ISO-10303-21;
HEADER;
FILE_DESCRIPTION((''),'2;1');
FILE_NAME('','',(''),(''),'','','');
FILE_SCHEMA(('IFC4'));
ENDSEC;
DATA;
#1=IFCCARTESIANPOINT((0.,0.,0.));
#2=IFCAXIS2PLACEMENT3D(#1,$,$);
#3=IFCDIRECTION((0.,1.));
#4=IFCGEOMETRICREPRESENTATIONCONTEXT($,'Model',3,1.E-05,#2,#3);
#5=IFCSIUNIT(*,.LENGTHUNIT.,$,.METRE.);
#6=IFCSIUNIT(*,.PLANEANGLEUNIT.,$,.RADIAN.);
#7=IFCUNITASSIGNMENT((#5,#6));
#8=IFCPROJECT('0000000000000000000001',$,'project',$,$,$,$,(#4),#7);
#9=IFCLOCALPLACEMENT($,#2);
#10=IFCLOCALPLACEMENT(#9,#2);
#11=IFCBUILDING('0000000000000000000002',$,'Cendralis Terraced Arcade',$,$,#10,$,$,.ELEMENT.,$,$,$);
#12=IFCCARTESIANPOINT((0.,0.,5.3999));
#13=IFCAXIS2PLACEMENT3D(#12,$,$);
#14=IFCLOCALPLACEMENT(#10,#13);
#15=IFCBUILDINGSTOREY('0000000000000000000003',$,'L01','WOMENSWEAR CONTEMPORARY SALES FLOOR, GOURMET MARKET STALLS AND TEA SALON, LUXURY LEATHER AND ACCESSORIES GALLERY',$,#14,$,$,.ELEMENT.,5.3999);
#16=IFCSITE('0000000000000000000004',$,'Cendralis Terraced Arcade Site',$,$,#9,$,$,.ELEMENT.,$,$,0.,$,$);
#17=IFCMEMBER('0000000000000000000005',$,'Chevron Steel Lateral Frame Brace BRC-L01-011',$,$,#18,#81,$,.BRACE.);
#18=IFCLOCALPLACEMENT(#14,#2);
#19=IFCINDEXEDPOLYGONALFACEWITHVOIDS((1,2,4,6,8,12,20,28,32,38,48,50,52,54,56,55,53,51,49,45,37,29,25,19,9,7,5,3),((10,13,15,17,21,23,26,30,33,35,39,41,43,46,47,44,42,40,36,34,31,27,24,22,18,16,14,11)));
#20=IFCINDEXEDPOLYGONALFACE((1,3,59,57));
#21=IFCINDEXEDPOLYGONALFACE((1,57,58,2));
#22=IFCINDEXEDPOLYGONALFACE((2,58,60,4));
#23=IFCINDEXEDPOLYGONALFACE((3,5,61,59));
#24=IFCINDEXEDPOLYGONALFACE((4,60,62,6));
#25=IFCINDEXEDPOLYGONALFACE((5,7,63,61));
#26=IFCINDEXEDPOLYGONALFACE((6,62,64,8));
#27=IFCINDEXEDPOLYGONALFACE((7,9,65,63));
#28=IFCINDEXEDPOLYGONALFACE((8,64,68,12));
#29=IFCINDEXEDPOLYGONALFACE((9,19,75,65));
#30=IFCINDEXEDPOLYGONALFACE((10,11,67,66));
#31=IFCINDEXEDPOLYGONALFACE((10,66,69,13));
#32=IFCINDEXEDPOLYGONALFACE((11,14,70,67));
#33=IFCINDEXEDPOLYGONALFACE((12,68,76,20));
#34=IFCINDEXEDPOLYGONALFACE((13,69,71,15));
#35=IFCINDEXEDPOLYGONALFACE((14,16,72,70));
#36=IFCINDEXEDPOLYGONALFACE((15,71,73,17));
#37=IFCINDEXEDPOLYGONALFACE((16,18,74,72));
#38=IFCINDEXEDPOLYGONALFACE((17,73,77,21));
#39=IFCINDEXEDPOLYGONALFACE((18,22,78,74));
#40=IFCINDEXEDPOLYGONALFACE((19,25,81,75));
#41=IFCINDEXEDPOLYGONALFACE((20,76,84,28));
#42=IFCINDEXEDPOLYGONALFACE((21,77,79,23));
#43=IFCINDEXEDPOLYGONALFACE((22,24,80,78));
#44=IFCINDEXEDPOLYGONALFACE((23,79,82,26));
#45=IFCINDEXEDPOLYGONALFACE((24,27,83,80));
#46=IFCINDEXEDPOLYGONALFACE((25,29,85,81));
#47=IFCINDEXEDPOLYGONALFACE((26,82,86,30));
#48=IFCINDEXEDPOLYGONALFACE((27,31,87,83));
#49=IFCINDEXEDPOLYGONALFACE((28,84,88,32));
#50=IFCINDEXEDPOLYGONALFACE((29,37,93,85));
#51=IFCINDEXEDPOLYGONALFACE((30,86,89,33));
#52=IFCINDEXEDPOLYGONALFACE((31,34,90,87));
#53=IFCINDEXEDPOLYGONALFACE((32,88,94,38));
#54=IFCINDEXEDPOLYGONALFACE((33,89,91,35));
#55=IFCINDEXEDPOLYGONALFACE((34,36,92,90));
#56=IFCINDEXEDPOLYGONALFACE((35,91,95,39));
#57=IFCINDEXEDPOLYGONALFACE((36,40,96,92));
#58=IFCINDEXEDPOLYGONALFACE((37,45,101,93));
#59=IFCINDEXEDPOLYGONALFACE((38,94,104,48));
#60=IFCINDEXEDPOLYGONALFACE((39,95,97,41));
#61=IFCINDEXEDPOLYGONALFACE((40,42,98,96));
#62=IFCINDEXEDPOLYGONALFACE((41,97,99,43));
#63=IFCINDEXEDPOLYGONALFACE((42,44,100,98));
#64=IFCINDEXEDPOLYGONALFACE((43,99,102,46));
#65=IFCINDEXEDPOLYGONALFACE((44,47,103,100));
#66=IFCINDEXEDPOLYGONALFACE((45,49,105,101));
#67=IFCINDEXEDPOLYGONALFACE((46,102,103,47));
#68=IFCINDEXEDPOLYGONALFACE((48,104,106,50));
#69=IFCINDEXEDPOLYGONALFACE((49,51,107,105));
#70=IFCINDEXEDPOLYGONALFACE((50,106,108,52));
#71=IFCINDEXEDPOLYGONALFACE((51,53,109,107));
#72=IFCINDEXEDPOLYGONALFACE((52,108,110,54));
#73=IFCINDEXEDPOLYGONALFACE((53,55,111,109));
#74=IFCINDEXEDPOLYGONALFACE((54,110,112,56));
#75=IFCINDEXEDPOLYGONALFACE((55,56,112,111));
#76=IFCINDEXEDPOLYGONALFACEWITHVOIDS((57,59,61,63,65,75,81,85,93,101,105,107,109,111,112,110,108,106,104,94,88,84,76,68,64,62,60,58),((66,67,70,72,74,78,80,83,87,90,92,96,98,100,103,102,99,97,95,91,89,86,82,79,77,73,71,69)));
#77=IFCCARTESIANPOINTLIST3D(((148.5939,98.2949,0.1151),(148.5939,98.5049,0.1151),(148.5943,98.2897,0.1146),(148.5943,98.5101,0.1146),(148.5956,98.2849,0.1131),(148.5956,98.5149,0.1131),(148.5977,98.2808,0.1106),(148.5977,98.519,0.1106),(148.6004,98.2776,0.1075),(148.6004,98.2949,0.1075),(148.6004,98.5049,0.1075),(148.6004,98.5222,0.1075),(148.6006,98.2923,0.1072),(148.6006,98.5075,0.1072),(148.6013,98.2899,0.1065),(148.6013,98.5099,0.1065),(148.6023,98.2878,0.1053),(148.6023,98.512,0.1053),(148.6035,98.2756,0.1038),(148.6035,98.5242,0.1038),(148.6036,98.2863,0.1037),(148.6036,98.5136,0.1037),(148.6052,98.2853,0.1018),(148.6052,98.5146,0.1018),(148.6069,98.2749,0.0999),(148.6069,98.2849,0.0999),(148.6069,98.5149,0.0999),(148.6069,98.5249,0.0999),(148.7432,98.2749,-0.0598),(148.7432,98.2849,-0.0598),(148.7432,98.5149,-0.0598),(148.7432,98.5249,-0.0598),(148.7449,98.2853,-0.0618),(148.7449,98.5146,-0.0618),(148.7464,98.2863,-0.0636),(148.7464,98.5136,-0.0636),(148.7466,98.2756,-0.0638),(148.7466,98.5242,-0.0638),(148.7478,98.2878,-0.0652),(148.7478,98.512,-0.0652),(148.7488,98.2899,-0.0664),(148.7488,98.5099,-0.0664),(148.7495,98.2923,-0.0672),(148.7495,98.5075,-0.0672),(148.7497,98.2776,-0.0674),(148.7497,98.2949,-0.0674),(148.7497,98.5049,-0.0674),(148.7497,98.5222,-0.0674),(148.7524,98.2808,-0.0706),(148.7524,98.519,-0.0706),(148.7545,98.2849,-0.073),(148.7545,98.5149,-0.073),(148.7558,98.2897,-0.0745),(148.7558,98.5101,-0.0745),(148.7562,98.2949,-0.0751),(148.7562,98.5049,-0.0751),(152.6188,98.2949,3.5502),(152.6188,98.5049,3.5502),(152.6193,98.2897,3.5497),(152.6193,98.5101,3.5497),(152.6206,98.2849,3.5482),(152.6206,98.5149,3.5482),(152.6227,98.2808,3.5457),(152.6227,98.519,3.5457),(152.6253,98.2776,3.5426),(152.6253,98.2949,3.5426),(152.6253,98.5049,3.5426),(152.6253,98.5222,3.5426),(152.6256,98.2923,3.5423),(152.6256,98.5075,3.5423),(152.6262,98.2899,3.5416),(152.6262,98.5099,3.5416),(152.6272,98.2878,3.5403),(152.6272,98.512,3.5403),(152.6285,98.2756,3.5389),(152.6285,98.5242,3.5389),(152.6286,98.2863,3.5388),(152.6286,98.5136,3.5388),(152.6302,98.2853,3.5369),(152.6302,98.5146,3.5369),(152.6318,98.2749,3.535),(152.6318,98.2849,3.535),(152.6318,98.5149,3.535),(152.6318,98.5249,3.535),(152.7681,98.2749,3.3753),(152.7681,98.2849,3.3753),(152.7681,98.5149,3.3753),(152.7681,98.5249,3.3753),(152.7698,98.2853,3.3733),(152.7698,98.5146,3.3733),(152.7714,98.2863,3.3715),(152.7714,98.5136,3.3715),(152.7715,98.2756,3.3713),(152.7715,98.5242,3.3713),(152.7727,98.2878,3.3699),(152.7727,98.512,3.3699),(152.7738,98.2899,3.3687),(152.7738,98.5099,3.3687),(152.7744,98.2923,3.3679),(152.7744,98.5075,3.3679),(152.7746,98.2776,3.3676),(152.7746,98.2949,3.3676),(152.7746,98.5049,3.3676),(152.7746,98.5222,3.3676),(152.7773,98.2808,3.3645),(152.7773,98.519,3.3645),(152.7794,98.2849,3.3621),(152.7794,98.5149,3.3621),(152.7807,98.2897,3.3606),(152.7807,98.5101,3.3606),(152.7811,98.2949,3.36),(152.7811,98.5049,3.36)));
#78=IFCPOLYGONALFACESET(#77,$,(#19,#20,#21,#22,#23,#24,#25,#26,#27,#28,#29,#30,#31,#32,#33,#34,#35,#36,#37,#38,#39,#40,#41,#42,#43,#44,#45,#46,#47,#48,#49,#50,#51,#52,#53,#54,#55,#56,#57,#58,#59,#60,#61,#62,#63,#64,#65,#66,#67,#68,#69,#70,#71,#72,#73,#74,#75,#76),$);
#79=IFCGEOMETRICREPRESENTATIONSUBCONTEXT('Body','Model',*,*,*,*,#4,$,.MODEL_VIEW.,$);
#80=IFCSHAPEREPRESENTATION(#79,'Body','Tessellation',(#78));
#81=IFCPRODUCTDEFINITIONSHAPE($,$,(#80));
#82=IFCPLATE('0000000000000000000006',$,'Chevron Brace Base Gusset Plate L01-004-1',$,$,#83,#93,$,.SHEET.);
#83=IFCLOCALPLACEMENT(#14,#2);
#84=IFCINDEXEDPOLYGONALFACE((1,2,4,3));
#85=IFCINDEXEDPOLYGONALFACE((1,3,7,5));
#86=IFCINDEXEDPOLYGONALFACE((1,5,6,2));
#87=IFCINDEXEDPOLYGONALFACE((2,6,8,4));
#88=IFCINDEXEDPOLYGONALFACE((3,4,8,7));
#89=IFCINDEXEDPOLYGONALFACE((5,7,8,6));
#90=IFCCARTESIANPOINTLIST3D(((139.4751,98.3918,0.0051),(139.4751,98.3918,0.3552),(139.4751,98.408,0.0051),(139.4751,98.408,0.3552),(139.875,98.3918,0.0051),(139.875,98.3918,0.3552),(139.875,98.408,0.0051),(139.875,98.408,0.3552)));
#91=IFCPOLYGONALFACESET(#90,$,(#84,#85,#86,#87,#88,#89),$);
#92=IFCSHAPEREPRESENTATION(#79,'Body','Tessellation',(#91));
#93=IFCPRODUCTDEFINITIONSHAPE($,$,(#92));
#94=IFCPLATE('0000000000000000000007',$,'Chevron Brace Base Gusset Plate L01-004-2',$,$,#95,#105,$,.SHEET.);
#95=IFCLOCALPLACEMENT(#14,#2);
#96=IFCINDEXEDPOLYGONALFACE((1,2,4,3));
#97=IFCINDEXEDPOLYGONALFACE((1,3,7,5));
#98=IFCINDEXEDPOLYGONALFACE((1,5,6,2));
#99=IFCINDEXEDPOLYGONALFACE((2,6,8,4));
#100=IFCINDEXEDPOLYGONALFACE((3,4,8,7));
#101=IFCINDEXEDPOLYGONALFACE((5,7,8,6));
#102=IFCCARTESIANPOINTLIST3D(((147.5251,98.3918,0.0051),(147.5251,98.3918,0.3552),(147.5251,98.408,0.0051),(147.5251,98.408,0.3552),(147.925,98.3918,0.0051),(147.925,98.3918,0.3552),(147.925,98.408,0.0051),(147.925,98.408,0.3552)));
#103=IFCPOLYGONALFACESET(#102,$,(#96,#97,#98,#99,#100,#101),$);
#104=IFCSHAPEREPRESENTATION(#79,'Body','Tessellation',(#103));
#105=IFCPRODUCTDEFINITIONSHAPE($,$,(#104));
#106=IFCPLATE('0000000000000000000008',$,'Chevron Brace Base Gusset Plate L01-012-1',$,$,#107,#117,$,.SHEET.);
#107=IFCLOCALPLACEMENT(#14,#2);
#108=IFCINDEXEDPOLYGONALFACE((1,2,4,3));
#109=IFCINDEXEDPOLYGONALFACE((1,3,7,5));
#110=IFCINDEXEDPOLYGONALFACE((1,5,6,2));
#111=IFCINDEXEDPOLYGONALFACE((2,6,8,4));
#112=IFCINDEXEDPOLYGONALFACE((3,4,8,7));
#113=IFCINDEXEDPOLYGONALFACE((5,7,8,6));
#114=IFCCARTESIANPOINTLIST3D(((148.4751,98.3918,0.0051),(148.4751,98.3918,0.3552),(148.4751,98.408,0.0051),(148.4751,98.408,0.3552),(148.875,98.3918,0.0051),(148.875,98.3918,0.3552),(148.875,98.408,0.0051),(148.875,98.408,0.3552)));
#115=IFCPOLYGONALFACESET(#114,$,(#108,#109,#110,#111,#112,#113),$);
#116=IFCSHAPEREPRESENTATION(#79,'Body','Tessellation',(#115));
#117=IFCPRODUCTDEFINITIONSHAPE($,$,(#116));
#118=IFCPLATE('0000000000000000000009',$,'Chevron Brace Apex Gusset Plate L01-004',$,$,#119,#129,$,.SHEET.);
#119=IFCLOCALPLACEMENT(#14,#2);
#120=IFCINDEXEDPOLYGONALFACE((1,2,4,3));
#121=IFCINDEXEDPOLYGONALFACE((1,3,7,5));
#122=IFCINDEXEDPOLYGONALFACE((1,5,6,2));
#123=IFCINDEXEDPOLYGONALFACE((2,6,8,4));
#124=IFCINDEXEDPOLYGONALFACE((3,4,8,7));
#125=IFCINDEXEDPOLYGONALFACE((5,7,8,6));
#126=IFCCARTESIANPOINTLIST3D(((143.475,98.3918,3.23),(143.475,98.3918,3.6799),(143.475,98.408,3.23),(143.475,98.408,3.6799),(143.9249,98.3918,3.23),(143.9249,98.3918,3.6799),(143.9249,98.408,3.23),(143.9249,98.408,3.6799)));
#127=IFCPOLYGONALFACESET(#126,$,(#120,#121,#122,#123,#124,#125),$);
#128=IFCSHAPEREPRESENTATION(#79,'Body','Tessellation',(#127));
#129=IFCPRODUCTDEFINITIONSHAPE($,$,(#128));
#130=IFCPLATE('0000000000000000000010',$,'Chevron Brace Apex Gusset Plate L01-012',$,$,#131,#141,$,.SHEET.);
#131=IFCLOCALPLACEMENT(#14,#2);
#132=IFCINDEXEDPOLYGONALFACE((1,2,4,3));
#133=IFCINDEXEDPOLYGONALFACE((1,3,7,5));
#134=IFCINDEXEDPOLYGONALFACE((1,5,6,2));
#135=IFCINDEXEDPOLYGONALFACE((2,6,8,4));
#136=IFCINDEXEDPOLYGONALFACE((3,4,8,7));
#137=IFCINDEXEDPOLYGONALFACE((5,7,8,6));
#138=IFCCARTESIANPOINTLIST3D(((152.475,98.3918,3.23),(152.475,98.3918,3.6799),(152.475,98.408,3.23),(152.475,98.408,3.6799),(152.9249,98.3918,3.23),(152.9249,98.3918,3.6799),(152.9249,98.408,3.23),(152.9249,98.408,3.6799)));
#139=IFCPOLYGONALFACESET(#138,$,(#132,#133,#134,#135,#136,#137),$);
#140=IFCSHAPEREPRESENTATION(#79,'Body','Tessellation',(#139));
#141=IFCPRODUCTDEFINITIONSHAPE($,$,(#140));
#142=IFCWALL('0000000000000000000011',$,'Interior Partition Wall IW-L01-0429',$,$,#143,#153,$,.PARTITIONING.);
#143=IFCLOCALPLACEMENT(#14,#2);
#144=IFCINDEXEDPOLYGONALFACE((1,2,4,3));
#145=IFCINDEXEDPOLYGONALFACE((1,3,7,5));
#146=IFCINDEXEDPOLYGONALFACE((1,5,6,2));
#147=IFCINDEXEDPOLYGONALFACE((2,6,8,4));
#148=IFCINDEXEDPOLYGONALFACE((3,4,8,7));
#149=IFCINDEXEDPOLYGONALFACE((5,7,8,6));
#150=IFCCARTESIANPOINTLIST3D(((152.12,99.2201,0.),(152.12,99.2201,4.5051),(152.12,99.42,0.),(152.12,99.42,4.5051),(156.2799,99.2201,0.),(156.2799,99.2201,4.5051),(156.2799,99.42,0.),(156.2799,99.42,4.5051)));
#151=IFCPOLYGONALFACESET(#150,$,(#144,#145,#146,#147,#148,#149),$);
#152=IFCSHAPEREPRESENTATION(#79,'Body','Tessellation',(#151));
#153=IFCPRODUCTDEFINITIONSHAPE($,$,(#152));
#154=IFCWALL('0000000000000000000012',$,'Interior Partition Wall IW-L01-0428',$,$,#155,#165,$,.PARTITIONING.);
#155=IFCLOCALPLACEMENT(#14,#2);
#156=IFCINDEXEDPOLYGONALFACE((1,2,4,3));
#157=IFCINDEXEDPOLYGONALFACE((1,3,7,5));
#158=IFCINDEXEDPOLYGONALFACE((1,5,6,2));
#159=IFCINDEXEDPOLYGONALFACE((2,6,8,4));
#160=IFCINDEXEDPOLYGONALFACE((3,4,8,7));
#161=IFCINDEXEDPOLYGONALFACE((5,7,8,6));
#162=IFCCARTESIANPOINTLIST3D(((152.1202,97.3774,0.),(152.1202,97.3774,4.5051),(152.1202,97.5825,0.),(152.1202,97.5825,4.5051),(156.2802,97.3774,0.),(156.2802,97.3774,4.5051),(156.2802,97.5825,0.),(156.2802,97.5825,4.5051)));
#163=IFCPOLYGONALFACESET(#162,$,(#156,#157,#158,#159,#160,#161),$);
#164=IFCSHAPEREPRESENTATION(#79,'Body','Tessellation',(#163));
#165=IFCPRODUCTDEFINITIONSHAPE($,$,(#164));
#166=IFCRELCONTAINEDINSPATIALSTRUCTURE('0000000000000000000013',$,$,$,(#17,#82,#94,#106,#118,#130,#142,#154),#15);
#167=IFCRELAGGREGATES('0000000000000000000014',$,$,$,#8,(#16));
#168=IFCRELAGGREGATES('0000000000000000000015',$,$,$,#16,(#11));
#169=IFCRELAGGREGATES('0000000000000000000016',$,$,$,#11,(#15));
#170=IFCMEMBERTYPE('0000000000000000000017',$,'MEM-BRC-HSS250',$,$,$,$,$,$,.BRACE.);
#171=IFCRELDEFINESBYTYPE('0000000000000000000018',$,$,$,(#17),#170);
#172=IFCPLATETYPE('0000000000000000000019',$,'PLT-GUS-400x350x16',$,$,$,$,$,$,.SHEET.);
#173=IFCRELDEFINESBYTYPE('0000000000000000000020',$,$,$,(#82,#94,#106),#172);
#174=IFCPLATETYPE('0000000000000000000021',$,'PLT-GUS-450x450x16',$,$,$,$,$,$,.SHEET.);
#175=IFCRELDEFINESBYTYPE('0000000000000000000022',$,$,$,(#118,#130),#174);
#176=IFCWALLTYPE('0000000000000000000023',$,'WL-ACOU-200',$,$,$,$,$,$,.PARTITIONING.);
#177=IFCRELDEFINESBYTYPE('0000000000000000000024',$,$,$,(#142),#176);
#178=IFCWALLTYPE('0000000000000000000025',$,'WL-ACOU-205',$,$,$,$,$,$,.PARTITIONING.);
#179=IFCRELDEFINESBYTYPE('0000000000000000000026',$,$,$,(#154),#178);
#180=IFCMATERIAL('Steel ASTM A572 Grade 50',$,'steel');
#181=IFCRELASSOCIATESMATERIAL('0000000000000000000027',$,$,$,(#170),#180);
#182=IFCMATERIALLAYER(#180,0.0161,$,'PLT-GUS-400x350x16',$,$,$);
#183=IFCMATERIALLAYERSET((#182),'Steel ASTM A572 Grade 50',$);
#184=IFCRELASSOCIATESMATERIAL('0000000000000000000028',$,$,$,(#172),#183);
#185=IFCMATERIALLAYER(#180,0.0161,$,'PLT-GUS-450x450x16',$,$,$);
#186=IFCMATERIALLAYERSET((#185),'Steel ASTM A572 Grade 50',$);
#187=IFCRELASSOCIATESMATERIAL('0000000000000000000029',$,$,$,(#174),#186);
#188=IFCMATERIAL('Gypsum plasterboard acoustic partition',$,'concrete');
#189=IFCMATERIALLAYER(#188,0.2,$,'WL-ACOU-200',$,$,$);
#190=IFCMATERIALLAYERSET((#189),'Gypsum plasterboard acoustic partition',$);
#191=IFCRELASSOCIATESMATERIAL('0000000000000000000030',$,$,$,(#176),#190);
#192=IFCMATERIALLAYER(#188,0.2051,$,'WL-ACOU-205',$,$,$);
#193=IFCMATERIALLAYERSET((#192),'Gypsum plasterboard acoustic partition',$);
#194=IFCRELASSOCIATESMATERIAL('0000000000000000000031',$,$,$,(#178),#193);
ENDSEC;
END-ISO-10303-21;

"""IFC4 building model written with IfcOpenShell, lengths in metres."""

from ifc_helpers import new_model, si_unit, direction, frame, frame_2d, origin, origin_2d, place, context, subcontext, project, spatial, rectangle, hollow_rectangle, extrude, material, layer, layer_set, material_profile, profile_set, type_object, element, save


model = new_model("IFC4")

# Units and contexts
model_context = context("Model", 3, precision=1e-05, world=origin(), true_north=direction((0.0, 1.0)))
body_context = subcontext(model_context, "Body", "Model", "MODEL_VIEW")
ifc_project = project(units=[si_unit("LENGTHUNIT", "METRE"), si_unit("PLANEANGLEUNIT", "RADIAN")], contexts=[model_context])

# Site, building, storey
site_placement = place(None, origin())
site = spatial("IfcSite", under=ifc_project, at=site_placement, Name="Cendralis Terraced Arcade Site", CompositionType="ELEMENT", RefElevation=0.0)
building_placement = place(site_placement, origin())
building = spatial("IfcBuilding", under=site, at=building_placement, Name="Cendralis Terraced Arcade", CompositionType="ELEMENT")
storey_placement = place(building_placement, frame((0.0, 0.0, 5.3999)))
storey = spatial("IfcBuildingStorey", under=building, at=storey_placement, Name="L01", Description="WOMENSWEAR CONTEMPORARY SALES FLOOR, GOURMET MARKET STALLS AND TEA SALON, LUXURY LEATHER AND ACCESSORIES GALLERY", CompositionType="ELEMENT", Elevation=5.3999)

# Member
ifc_material_1 = material(Name="Steel ASTM A572 Grade 50", Category="steel")
ifc_material_profile_1 = material_profile(ifc_material_1, hollow_rectangle(XDim=0.25, YDim=0.25, WallThickness=0.01, InnerFilletRadius=0.01, OuterFilletRadius=0.02, at=origin_2d()), Name="HSS250X250X10", Category="LoadBearing")
ifc_profile_set_1 = profile_set([ifc_material_profile_1], Name="Steel ASTM A572 Grade 50")
member_type = type_object("IfcMemberType", Name="MEM-BRC-HSS250", PredefinedType="BRACE", material=ifc_profile_set_1)
member_1_placement = place(storey_placement, frame((148.675, 98.3999, 0.02), z_axis=(0.760642, 0.0, 0.649171), x_axis=(0.0, 1.0, 0.0)))
element("IfcMember", 1, at=member_1_placement, inside=storey, type_object=member_type, Name="Chevron Steel Lateral Frame Brace BRC-L01-011", PredefinedType="BRACE", context=body_context, shape_type="SweptSolid", body=[
    extrude(hollow_rectangle(XDim=0.25, YDim=0.25, WallThickness=0.01, InnerFilletRadius=0.01, OuterFilletRadius=0.02, at=origin_2d()), origin(), (0.0, 0.0, 1.0), 5.2915),
])

# Plates
ifc_layer_1 = layer(ifc_material_1, 0.0161, Name="PLT-GUS-400x350x16")
ifc_layer_set_1 = layer_set([ifc_layer_1], Name="Steel ASTM A572 Grade 50")
plate_type_1 = type_object("IfcPlateType", Name="PLT-GUS-400x350x16", PredefinedType="SHEET", material=ifc_layer_set_1)
for number, where, z_axis, x_axis, name in (
    (2, (139.675, 98.3999, 0.0051), (0.0, 0.0, 1.0), (1.0, 0.0, 0.0), "Chevron Brace Base Gusset Plate L01-004-1"),
    (3, (147.7251, 98.3999, 0.0051), (0.0, 0.0, 1.0), (1.0, 0.0, 0.0), "Chevron Brace Base Gusset Plate L01-004-2"),
    (4, (148.675, 98.3999, 0.0051), (0.0, 0.0, 1.0), (1.0, 0.0, 0.0), "Chevron Brace Base Gusset Plate L01-012-1"),
):
    element("IfcPlate", number, at=place(storey_placement, frame(where, z_axis=z_axis, x_axis=x_axis)), inside=storey, type_object=plate_type_1, Name=name, PredefinedType="SHEET", context=body_context, shape_type="SweptSolid", body=[
        extrude(rectangle(XDim=0.3999, YDim=0.0161, at=origin_2d()), origin(), (0.0, 0.0, 1.0), 0.3501),
    ])
ifc_layer_2 = layer(ifc_material_1, 0.0161, Name="PLT-GUS-450x450x16")
ifc_layer_set_2 = layer_set([ifc_layer_2], Name="Steel ASTM A572 Grade 50")
plate_type_2 = type_object("IfcPlateType", Name="PLT-GUS-450x450x16", PredefinedType="SHEET", material=ifc_layer_set_2)
for number, where, z_axis, x_axis, name in (
    (5, (143.7, 98.3999, 3.23), (0.0, 0.0, 1.0), (1.0, 0.0, 0.0), "Chevron Brace Apex Gusset Plate L01-004"),
    (6, (152.7, 98.3999, 3.23), (0.0, 0.0, 1.0), (1.0, 0.0, 0.0), "Chevron Brace Apex Gusset Plate L01-012"),
):
    element("IfcPlate", number, at=place(storey_placement, frame(where, z_axis=z_axis, x_axis=x_axis)), inside=storey, type_object=plate_type_2, Name=name, PredefinedType="SHEET", context=body_context, shape_type="SweptSolid", body=[
        extrude(rectangle(XDim=0.45, YDim=0.0161, at=origin_2d()), origin(), (0.0, 0.0, 1.0), 0.45),
    ])

# Walls
ifc_material_2 = material(Name="Gypsum plasterboard acoustic partition", Category="concrete")
ifc_layer_3 = layer(ifc_material_2, 0.2, Name="WL-ACOU-200")
ifc_layer_set_3 = layer_set([ifc_layer_3], Name="Gypsum plasterboard acoustic partition")
wall_type_1 = type_object("IfcWallType", Name="WL-ACOU-200", PredefinedType="PARTITIONING", material=ifc_layer_set_3)
wall_1_placement = place(storey_placement, frame((156.28, 99.3201, 0.0), z_axis=(0.0, 0.0, 1.0), x_axis=(-1.0, 0.0, 0.0)))
element("IfcWall", 7, at=wall_1_placement, inside=storey, type_object=wall_type_1, Name="Interior Partition Wall IW-L01-0429", PredefinedType="PARTITIONING", context=body_context, shape_type="SweptSolid", body=[
    extrude(rectangle(XDim=4.1599, YDim=0.2, at=frame_2d((2.0801, 0.0))), origin(), (0.0, 0.0, 1.0), 4.5051),
])
ifc_layer_4 = layer(ifc_material_2, 0.2051, Name="WL-ACOU-205")
ifc_layer_set_4 = layer_set([ifc_layer_4], Name="Gypsum plasterboard acoustic partition")
wall_type_2 = type_object("IfcWallType", Name="WL-ACOU-205", PredefinedType="PARTITIONING", material=ifc_layer_set_4)
wall_2_placement = place(storey_placement, frame((152.1201, 97.48, 0.0), z_axis=(0.0, 0.0, 1.0), x_axis=(1.0, 0.0, 0.0)))
element("IfcWall", 8, at=wall_2_placement, inside=storey, type_object=wall_type_2, Name="Interior Partition Wall IW-L01-0428", PredefinedType="PARTITIONING", context=body_context, shape_type="SweptSolid", body=[
    extrude(rectangle(XDim=4.1599, YDim=0.2051, at=frame_2d((2.0801, 0.0))), origin(), (0.0, 0.0, 1.0), 4.5051),
])

save(model, "model.ifc")
